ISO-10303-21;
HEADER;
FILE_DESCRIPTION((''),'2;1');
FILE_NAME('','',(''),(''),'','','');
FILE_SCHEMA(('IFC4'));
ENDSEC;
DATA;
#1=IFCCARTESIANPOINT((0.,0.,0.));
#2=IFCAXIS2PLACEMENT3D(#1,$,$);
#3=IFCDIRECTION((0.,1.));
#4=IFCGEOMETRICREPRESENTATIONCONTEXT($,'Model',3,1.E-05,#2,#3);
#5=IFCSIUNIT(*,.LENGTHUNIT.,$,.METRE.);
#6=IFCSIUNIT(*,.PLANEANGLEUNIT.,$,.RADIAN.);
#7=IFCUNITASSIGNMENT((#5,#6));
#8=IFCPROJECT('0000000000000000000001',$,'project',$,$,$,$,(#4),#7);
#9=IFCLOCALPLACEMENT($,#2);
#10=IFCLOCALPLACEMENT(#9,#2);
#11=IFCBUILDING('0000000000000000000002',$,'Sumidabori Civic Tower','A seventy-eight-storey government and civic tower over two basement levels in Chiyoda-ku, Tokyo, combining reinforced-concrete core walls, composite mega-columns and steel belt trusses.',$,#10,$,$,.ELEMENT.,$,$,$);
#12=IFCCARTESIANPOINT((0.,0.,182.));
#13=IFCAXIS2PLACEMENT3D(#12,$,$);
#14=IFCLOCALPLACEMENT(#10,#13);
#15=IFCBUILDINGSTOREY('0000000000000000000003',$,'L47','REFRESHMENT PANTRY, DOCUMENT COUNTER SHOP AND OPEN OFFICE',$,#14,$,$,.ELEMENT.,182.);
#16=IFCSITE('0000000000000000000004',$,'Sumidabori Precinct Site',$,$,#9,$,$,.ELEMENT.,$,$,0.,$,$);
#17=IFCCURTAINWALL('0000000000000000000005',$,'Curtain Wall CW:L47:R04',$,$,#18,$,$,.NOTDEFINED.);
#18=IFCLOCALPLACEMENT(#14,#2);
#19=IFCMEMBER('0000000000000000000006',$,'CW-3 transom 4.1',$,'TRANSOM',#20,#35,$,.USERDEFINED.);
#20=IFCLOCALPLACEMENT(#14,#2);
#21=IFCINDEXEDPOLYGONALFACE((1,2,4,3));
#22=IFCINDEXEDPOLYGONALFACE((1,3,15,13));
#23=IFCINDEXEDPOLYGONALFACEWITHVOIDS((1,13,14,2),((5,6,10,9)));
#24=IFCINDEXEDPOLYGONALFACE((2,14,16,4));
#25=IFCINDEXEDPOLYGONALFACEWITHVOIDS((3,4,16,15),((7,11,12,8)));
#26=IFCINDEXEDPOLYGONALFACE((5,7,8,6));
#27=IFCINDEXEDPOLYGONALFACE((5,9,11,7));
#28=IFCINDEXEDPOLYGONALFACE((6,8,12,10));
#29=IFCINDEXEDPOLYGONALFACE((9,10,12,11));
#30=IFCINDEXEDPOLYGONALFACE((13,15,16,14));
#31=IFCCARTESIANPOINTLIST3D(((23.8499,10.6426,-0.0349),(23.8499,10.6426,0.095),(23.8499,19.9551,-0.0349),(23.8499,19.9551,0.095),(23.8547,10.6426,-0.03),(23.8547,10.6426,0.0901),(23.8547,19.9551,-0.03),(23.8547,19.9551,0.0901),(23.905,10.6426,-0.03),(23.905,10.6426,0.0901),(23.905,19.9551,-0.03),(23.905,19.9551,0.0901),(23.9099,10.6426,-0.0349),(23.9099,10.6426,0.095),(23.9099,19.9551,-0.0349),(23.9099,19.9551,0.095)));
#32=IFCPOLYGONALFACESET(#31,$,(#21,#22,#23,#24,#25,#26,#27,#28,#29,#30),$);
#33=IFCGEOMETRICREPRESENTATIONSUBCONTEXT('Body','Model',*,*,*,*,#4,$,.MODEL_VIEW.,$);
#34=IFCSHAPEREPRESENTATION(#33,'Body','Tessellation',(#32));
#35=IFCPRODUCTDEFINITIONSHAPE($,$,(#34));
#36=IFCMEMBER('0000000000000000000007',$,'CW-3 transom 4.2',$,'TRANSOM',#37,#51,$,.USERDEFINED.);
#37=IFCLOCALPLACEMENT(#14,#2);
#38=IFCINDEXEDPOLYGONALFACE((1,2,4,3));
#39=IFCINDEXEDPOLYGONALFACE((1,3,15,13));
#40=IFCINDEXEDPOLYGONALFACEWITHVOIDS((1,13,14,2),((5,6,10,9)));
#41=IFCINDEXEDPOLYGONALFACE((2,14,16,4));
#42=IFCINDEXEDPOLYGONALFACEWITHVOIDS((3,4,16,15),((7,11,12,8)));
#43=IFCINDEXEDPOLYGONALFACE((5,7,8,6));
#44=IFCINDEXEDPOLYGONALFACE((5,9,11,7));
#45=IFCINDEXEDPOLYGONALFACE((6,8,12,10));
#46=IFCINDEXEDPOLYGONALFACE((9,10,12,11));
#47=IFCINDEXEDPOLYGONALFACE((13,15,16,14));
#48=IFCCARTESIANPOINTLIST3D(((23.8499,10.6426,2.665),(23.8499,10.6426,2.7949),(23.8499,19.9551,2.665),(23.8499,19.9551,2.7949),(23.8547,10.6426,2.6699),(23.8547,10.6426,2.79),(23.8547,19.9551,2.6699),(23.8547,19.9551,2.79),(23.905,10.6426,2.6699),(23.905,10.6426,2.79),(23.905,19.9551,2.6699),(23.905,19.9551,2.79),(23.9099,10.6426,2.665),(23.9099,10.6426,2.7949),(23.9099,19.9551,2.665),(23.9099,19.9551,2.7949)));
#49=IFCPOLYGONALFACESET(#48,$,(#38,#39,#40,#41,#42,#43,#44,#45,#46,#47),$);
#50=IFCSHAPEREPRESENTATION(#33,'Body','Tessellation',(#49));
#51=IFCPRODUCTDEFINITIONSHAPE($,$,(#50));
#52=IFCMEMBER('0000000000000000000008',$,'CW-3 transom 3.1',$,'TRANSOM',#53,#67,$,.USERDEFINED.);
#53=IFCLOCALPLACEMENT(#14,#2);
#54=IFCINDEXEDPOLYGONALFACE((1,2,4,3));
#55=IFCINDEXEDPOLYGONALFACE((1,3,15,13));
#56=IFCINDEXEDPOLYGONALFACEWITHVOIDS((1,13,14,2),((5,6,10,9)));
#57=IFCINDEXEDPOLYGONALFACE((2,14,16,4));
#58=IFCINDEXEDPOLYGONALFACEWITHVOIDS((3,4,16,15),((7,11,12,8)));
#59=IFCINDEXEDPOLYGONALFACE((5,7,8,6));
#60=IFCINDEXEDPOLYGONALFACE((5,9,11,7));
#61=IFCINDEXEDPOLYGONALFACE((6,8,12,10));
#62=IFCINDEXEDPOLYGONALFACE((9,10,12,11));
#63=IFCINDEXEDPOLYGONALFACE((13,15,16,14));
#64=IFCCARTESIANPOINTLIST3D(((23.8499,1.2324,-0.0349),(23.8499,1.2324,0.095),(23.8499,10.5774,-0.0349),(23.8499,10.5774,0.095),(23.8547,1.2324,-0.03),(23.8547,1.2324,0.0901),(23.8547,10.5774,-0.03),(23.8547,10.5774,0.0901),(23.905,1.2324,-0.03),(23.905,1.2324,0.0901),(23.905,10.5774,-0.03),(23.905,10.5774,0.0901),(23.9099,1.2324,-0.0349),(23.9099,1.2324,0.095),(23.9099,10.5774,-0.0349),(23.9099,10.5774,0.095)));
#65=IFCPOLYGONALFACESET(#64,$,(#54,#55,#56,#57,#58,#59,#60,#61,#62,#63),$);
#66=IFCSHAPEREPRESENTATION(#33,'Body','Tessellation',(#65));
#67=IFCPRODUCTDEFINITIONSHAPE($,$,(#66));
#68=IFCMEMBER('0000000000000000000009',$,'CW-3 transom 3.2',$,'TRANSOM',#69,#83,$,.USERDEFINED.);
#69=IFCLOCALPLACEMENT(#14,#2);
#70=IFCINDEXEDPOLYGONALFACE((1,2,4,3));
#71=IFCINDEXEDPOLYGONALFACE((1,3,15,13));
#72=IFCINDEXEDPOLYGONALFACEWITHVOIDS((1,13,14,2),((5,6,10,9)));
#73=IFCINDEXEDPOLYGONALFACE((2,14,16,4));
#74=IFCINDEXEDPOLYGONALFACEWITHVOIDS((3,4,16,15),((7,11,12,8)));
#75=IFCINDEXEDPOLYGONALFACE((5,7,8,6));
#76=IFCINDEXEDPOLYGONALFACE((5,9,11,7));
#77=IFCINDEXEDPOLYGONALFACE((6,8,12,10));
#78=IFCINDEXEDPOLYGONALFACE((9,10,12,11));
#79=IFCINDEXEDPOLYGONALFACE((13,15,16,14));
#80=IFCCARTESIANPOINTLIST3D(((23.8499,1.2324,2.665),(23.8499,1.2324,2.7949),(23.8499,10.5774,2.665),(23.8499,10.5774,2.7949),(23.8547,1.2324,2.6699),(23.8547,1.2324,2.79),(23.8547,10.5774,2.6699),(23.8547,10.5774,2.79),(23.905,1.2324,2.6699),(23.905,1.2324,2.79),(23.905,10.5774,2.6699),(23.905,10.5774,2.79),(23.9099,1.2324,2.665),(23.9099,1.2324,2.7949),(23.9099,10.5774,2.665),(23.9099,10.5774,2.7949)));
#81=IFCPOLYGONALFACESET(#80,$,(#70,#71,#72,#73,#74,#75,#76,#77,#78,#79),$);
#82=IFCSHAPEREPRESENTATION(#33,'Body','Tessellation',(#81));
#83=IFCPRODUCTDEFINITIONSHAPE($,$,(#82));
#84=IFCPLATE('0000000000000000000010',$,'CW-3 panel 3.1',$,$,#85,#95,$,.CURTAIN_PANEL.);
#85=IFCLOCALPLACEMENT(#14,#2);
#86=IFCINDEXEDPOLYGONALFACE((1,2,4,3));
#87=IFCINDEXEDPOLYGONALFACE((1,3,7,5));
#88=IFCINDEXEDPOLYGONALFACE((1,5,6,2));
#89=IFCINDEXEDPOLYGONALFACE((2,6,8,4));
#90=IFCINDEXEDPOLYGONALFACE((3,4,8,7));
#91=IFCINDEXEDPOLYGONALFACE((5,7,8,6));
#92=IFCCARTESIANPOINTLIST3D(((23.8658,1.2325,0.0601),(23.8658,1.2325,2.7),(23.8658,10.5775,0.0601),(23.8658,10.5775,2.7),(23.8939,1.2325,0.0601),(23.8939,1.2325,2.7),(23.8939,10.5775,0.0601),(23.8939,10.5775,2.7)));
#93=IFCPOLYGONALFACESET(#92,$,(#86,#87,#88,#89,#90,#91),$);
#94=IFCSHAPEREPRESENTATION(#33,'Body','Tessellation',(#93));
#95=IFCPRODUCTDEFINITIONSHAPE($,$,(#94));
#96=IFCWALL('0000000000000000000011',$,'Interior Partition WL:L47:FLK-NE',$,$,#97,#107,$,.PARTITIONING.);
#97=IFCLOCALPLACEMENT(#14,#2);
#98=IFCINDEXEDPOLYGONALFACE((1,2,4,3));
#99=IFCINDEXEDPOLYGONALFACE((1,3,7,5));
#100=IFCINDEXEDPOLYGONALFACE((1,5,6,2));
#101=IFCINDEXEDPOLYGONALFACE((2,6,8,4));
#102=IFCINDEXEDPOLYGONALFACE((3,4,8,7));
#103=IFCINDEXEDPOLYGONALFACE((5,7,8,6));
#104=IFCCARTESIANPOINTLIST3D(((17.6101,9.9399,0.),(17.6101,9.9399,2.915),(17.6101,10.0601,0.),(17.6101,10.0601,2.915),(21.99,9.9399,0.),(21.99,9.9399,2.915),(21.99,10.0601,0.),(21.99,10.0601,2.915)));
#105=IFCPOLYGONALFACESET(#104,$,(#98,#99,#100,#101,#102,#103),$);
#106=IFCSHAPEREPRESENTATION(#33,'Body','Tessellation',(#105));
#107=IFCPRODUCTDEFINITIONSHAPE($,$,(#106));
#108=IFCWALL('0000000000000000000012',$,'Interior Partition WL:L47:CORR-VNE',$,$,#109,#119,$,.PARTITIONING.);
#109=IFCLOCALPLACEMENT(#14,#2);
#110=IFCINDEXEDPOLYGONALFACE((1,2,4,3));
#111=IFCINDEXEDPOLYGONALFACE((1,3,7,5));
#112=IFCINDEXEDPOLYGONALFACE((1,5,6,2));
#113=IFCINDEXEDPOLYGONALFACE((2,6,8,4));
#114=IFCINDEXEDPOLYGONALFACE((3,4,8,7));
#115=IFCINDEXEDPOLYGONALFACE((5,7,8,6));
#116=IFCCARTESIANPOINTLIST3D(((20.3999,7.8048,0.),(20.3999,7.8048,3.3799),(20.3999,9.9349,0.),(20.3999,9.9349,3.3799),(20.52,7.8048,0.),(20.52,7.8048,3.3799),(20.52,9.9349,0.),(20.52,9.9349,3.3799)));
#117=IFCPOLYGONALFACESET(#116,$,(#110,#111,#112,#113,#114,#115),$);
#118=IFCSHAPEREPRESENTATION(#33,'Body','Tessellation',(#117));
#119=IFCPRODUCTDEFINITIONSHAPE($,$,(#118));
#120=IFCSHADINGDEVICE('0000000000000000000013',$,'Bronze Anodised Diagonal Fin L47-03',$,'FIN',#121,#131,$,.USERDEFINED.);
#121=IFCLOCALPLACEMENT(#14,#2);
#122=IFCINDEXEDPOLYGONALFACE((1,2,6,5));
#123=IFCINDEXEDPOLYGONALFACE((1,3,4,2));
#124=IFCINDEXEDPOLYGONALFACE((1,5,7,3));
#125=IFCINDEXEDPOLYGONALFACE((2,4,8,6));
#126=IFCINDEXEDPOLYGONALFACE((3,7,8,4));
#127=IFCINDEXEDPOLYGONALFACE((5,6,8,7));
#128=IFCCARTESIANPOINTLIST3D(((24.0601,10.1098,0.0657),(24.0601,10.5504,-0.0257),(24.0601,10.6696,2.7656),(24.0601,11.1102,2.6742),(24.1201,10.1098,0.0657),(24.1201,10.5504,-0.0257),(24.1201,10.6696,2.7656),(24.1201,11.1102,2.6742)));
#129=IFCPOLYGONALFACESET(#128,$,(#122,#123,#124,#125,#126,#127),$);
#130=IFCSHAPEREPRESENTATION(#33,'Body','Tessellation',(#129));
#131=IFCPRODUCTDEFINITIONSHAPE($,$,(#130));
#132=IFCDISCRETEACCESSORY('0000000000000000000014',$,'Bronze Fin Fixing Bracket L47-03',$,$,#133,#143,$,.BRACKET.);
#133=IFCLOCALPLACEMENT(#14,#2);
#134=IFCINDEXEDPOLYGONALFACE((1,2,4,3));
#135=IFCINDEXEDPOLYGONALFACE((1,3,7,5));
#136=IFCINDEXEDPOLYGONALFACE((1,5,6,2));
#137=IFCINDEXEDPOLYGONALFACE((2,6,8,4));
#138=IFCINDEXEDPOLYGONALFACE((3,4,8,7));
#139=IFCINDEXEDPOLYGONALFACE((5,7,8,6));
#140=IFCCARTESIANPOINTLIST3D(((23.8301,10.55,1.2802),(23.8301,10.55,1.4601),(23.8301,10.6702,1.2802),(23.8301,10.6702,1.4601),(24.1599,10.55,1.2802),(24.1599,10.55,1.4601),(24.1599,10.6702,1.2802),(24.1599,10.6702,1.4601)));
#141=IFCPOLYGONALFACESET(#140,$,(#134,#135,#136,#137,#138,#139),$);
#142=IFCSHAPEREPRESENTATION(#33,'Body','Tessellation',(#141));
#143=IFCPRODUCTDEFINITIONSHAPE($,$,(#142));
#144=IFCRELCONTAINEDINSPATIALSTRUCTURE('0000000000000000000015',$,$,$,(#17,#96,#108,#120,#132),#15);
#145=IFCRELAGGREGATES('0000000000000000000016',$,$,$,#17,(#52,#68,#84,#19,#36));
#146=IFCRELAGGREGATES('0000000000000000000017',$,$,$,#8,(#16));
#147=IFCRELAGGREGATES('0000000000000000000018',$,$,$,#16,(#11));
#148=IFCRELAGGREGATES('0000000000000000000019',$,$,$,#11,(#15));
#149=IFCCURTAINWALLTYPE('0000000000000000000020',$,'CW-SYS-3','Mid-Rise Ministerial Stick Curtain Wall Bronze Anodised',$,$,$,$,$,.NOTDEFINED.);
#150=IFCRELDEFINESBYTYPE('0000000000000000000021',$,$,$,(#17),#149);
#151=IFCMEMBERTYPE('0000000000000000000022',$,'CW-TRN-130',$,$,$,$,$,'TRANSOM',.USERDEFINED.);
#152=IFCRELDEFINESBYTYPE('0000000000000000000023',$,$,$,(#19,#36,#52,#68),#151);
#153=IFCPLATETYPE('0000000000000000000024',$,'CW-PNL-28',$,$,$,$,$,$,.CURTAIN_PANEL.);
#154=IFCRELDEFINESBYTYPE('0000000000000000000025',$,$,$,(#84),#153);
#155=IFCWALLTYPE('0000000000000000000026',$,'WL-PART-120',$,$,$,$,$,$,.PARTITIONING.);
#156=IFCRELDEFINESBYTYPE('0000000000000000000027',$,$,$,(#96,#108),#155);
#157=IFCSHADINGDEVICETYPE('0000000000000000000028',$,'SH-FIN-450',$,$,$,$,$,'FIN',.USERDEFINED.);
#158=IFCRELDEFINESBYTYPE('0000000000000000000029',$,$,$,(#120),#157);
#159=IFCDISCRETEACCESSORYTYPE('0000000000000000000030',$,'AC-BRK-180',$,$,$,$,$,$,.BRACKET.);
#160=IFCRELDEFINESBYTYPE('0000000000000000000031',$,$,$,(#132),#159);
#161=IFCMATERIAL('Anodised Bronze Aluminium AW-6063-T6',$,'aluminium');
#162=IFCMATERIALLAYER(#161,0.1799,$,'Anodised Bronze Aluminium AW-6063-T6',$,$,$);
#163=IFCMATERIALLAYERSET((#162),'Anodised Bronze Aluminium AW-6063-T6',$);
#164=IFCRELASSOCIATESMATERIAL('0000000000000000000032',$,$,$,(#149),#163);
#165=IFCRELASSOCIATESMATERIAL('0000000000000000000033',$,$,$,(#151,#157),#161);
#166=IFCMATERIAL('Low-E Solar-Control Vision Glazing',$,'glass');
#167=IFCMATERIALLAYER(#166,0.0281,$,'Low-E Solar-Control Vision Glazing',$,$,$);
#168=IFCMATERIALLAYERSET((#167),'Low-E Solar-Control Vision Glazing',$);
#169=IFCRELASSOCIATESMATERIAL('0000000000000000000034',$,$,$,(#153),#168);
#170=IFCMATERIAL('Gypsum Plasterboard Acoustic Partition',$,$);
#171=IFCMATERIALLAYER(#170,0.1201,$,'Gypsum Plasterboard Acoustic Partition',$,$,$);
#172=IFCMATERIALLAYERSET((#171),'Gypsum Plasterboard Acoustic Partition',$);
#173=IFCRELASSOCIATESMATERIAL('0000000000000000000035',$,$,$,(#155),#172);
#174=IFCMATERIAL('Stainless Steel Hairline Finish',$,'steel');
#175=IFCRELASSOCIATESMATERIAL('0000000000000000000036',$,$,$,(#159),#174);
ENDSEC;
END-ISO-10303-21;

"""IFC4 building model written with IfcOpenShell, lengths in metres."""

from ifc_helpers import new_model, si_unit, direction, frame, frame_2d, origin, origin_2d, place, context, subcontext, project, spatial, rectangle, hollow_rectangle, extrude, source, transform, mapped, material, layer, layer_set, material_profile, profile_set, type_object, element, aggregate, save


model = new_model("IFC4")

# Units and contexts
model_context = context("Model", 3, precision=1e-05, world=origin(), true_north=direction((0.0, 1.0)))
body_context = subcontext(model_context, "Body", "Model", "MODEL_VIEW")
ifc_project = project(units=[si_unit("LENGTHUNIT", "METRE"), si_unit("PLANEANGLEUNIT", "RADIAN")], contexts=[model_context])

# Site, building, storey
site_placement = place(None, origin())
site = spatial("IfcSite", under=ifc_project, at=site_placement, Name="Sumidabori Precinct Site", CompositionType="ELEMENT", RefElevation=0.0)
building_placement = place(site_placement, origin())
building = spatial("IfcBuilding", under=site, at=building_placement, Name="Sumidabori Civic Tower", Description="A seventy-eight-storey government and civic tower over two basement levels in Chiyoda-ku, Tokyo, combining reinforced-concrete core walls, composite mega-columns and steel belt trusses.", CompositionType="ELEMENT")
storey_placement = place(building_placement, frame((0.0, 0.0, 182.0)))
storey = spatial("IfcBuildingStorey", under=building, at=storey_placement, Name="L47", Description="REFRESHMENT PANTRY, DOCUMENT COUNTER SHOP AND OPEN OFFICE", CompositionType="ELEMENT", Elevation=182.0)

# Curtain wall, members, plate
ifc_material_1 = material(Name="Anodised Bronze Aluminium AW-6063-T6", Category="aluminium")
ifc_layer_1 = layer(ifc_material_1, 0.1799, Name="Anodised Bronze Aluminium AW-6063-T6")
ifc_layer_set_1 = layer_set([ifc_layer_1], Name="Anodised Bronze Aluminium AW-6063-T6")
curtain_wall_type = type_object("IfcCurtainWallType", Name="CW-SYS-3", Description="Mid-Rise Ministerial Stick Curtain Wall Bronze Anodised", PredefinedType="NOTDEFINED", material=ifc_layer_set_1)
curtain_wall_placement = place(storey_placement, origin())
curtain_wall = element("IfcCurtainWall", 1, at=curtain_wall_placement, inside=storey, type_object=curtain_wall_type, Name="Curtain Wall CW:L47:R04", PredefinedType="NOTDEFINED")
ifc_material_profile_1 = material_profile(ifc_material_1, hollow_rectangle(XDim=0.0601, YDim=0.1299, WallThickness=0.0049, at=origin_2d()), Name="ALU TRANSOM 130x60")
ifc_profile_set_1 = profile_set([ifc_material_profile_1], Name="Anodised Bronze Aluminium AW-6063-T6")
member_type_1 = type_object("IfcMemberType", Name="CW-TRN-130", ElementType="TRANSOM", PredefinedType="USERDEFINED", material=ifc_profile_set_1)
shared_shape_1 = source(origin(), body_context, "Body", "SweptSolid", [
    extrude(hollow_rectangle(XDim=0.0601, YDim=0.1299, WallThickness=0.0049, at=origin_2d()), origin(), (0.0, 0.0, 1.0), 9.3125),
])
member_1_placement = place(storey_placement, frame((23.8799, 10.6426, 0.03), z_axis=(0.0, 1.0, 0.0), x_axis=(-1.0, 0.0, 0.0)))
member_1 = element("IfcMember", 2, at=member_1_placement, type_object=member_type_1, Name="CW-3 transom 4.1", ObjectType="TRANSOM", PredefinedType="USERDEFINED", context=body_context, shape_type="MappedRepresentation", body=[
    mapped(shared_shape_1, transform((0.0, 0.0, 0.0), x_axis=(1.0, 0.0, 0.0), y_axis=(0.0, 1.0, 0.0), z_axis=(0.0, 0.0, 1.0), scale=1.0)),
])
member_2_placement = place(storey_placement, frame((23.8799, 10.6426, 2.73), z_axis=(0.0, 1.0, 0.0), x_axis=(-1.0, 0.0, 0.0)))
member_2 = element("IfcMember", 3, at=member_2_placement, type_object=member_type_1, Name="CW-3 transom 4.2", ObjectType="TRANSOM", PredefinedType="USERDEFINED", context=body_context, shape_type="MappedRepresentation", body=[
    mapped(shared_shape_1, transform((0.0, 0.0, 0.0), x_axis=(1.0, 0.0, 0.0), y_axis=(0.0, 1.0, 0.0), z_axis=(0.0, 0.0, 1.0), scale=1.0)),
])
shared_shape_2 = source(origin(), body_context, "Body", "SweptSolid", [
    extrude(hollow_rectangle(XDim=0.0601, YDim=0.1299, WallThickness=0.0049, at=origin_2d()), origin(), (0.0, 0.0, 1.0), 9.345),
])
member_3_placement = place(storey_placement, frame((23.8799, 1.2324, 0.03), z_axis=(0.0, 1.0, 0.0), x_axis=(-1.0, 0.0, 0.0)))
member_3 = element("IfcMember", 4, at=member_3_placement, type_object=member_type_1, Name="CW-3 transom 3.1", ObjectType="TRANSOM", PredefinedType="USERDEFINED", context=body_context, shape_type="MappedRepresentation", body=[
    mapped(shared_shape_2, transform((0.0, 0.0, 0.0), x_axis=(1.0, 0.0, 0.0), y_axis=(0.0, 1.0, 0.0), z_axis=(0.0, 0.0, 1.0), scale=1.0)),
])
member_4_placement = place(storey_placement, frame((23.8799, 1.2324, 2.73), z_axis=(0.0, 1.0, 0.0), x_axis=(-1.0, 0.0, 0.0)))
member_4 = element("IfcMember", 5, at=member_4_placement, type_object=member_type_1, Name="CW-3 transom 3.2", ObjectType="TRANSOM", PredefinedType="USERDEFINED", context=body_context, shape_type="MappedRepresentation", body=[
    mapped(shared_shape_2, transform((0.0, 0.0, 0.0), x_axis=(1.0, 0.0, 0.0), y_axis=(0.0, 1.0, 0.0), z_axis=(0.0, 0.0, 1.0), scale=1.0)),
])
ifc_material_2 = material(Name="Low-E Solar-Control Vision Glazing", Category="glass")
ifc_layer_2 = layer(ifc_material_2, 0.0281, Name="Low-E Solar-Control Vision Glazing")
ifc_layer_set_2 = layer_set([ifc_layer_2], Name="Low-E Solar-Control Vision Glazing")
plate_type = type_object("IfcPlateType", Name="CW-PNL-28", PredefinedType="CURTAIN_PANEL", material=ifc_layer_set_2)
shared_shape_3 = source(origin(), body_context, "Body", "SweptSolid", [
    extrude(rectangle(XDim=9.345, YDim=0.0281, at=origin_2d()), origin(), (0.0, 0.0, 1.0), 2.6399),
])
plate_placement = place(storey_placement, frame((23.8799, 5.905, 0.0601), z_axis=(0.0, 0.0, 1.0), x_axis=(0.0, 1.0, 0.0)))
plate = element("IfcPlate", 6, at=plate_placement, type_object=plate_type, Name="CW-3 panel 3.1", PredefinedType="CURTAIN_PANEL", context=body_context, shape_type="MappedRepresentation", body=[
    mapped(shared_shape_3, transform((0.0, 0.0, 0.0), x_axis=(1.0, 0.0, 0.0), y_axis=(0.0, 1.0, 0.0), z_axis=(0.0, 0.0, 1.0), scale=1.0)),
])
aggregate(curtain_wall, [member_3, member_4, plate, member_1, member_2])

# Walls
ifc_material_3 = material(Name="Gypsum Plasterboard Acoustic Partition")
ifc_layer_3 = layer(ifc_material_3, 0.1201, Name="Gypsum Plasterboard Acoustic Partition")
ifc_layer_set_3 = layer_set([ifc_layer_3], Name="Gypsum Plasterboard Acoustic Partition")
wall_type = type_object("IfcWallType", Name="WL-PART-120", PredefinedType="PARTITIONING", material=ifc_layer_set_3)
shared_shape_4 = source(origin(), body_context, "Body", "SweptSolid", [
    extrude(rectangle(XDim=4.3799, YDim=0.1201, at=frame_2d((2.1899, 0.0))), origin(), (0.0, 0.0, 1.0), 2.915),
])
wall_1_placement = place(storey_placement, frame((17.6101, 10.0, 0.0), z_axis=(0.0, 0.0, 1.0), x_axis=(1.0, 0.0, 0.0)))
element("IfcWall", 7, at=wall_1_placement, inside=storey, type_object=wall_type, Name="Interior Partition WL:L47:FLK-NE", PredefinedType="PARTITIONING", context=body_context, shape_type="MappedRepresentation", body=[
    mapped(shared_shape_4, transform((0.0, 0.0, 0.0), x_axis=(1.0, 0.0, 0.0), y_axis=(0.0, 1.0, 0.0), z_axis=(0.0, 0.0, 1.0), scale=1.0)),
])
shared_shape_5 = source(origin(), body_context, "Body", "SweptSolid", [
    extrude(rectangle(XDim=2.1301, YDim=0.1201, at=frame_2d((1.0649, 0.0))), origin(), (0.0, 0.0, 1.0), 3.3799),
])
wall_2_placement = place(storey_placement, frame((20.46, 7.8049, 0.0), z_axis=(0.0, 0.0, 1.0), x_axis=(0.0, 1.0, 0.0)))
element("IfcWall", 8, at=wall_2_placement, inside=storey, type_object=wall_type, Name="Interior Partition WL:L47:CORR-VNE", PredefinedType="PARTITIONING", context=body_context, shape_type="MappedRepresentation", body=[
    mapped(shared_shape_5, transform((0.0, 0.0, 0.0), x_axis=(1.0, 0.0, 0.0), y_axis=(0.0, 1.0, 0.0), z_axis=(0.0, 0.0, 1.0), scale=1.0)),
])

# Shading device
ifc_material_profile_2 = material_profile(ifc_material_1, rectangle(XDim=0.0601, YDim=0.45, at=origin_2d()), Name="BRONZE FIN 450x60")
ifc_profile_set_2 = profile_set([ifc_material_profile_2], Name="Anodised Bronze Aluminium AW-6063-T6")
shading_device_type = type_object("IfcShadingDeviceType", Name="SH-FIN-450", ElementType="FIN", PredefinedType="USERDEFINED", material=ifc_profile_set_2)
shared_shape_6 = source(origin(), body_context, "Body", "SweptSolid", [
    extrude(rectangle(XDim=0.0601, YDim=0.45, at=origin_2d()), origin(), (0.0, 0.0, 1.0), 2.7573),
])
shading_device_placement = place(storey_placement, frame((24.0901, 10.3301, 0.02), z_axis=(0.0, 0.203024, 0.979174), x_axis=(-1.0, 0.0, 0.0)))
element("IfcShadingDevice", 9, at=shading_device_placement, inside=storey, type_object=shading_device_type, Name="Bronze Anodised Diagonal Fin L47-03", ObjectType="FIN", PredefinedType="USERDEFINED", context=body_context, shape_type="MappedRepresentation", body=[
    mapped(shared_shape_6, transform((0.0, 0.0, 0.0), x_axis=(1.0, 0.0, 0.0), y_axis=(0.0, 1.0, 0.0), z_axis=(0.0, 0.0, 1.0), scale=1.0)),
])

# Discrete accessory
ifc_material_4 = material(Name="Stainless Steel Hairline Finish", Category="steel")
ifc_material_profile_3 = material_profile(ifc_material_4, rectangle(XDim=0.1201, YDim=0.1799, at=origin_2d()), Name="STEEL BRACKET 180x120")
ifc_profile_set_3 = profile_set([ifc_material_profile_3], Name="Stainless Steel Hairline Finish")
discrete_accessory_type = type_object("IfcDiscreteAccessoryType", Name="AC-BRK-180", PredefinedType="BRACKET", material=ifc_profile_set_3)
shared_shape_7 = source(origin(), body_context, "Body", "SweptSolid", [
    extrude(rectangle(XDim=0.1201, YDim=0.1799, at=origin_2d()), origin(), (0.0, 0.0, 1.0), 0.3298),
])
discrete_accessory_placement = place(storey_placement, frame((23.8301, 10.6101, 1.3701), z_axis=(1.0, 0.0, 0.0), x_axis=(0.0, 1.0, 0.0)))
element("IfcDiscreteAccessory", 10, at=discrete_accessory_placement, inside=storey, type_object=discrete_accessory_type, Name="Bronze Fin Fixing Bracket L47-03", PredefinedType="BRACKET", context=body_context, shape_type="MappedRepresentation", body=[
    mapped(shared_shape_7, transform((0.0, 0.0, 0.0), x_axis=(1.0, 0.0, 0.0), y_axis=(0.0, 1.0, 0.0), z_axis=(0.0, 0.0, 1.0), scale=1.0)),
])

save(model, "model.ifc")
